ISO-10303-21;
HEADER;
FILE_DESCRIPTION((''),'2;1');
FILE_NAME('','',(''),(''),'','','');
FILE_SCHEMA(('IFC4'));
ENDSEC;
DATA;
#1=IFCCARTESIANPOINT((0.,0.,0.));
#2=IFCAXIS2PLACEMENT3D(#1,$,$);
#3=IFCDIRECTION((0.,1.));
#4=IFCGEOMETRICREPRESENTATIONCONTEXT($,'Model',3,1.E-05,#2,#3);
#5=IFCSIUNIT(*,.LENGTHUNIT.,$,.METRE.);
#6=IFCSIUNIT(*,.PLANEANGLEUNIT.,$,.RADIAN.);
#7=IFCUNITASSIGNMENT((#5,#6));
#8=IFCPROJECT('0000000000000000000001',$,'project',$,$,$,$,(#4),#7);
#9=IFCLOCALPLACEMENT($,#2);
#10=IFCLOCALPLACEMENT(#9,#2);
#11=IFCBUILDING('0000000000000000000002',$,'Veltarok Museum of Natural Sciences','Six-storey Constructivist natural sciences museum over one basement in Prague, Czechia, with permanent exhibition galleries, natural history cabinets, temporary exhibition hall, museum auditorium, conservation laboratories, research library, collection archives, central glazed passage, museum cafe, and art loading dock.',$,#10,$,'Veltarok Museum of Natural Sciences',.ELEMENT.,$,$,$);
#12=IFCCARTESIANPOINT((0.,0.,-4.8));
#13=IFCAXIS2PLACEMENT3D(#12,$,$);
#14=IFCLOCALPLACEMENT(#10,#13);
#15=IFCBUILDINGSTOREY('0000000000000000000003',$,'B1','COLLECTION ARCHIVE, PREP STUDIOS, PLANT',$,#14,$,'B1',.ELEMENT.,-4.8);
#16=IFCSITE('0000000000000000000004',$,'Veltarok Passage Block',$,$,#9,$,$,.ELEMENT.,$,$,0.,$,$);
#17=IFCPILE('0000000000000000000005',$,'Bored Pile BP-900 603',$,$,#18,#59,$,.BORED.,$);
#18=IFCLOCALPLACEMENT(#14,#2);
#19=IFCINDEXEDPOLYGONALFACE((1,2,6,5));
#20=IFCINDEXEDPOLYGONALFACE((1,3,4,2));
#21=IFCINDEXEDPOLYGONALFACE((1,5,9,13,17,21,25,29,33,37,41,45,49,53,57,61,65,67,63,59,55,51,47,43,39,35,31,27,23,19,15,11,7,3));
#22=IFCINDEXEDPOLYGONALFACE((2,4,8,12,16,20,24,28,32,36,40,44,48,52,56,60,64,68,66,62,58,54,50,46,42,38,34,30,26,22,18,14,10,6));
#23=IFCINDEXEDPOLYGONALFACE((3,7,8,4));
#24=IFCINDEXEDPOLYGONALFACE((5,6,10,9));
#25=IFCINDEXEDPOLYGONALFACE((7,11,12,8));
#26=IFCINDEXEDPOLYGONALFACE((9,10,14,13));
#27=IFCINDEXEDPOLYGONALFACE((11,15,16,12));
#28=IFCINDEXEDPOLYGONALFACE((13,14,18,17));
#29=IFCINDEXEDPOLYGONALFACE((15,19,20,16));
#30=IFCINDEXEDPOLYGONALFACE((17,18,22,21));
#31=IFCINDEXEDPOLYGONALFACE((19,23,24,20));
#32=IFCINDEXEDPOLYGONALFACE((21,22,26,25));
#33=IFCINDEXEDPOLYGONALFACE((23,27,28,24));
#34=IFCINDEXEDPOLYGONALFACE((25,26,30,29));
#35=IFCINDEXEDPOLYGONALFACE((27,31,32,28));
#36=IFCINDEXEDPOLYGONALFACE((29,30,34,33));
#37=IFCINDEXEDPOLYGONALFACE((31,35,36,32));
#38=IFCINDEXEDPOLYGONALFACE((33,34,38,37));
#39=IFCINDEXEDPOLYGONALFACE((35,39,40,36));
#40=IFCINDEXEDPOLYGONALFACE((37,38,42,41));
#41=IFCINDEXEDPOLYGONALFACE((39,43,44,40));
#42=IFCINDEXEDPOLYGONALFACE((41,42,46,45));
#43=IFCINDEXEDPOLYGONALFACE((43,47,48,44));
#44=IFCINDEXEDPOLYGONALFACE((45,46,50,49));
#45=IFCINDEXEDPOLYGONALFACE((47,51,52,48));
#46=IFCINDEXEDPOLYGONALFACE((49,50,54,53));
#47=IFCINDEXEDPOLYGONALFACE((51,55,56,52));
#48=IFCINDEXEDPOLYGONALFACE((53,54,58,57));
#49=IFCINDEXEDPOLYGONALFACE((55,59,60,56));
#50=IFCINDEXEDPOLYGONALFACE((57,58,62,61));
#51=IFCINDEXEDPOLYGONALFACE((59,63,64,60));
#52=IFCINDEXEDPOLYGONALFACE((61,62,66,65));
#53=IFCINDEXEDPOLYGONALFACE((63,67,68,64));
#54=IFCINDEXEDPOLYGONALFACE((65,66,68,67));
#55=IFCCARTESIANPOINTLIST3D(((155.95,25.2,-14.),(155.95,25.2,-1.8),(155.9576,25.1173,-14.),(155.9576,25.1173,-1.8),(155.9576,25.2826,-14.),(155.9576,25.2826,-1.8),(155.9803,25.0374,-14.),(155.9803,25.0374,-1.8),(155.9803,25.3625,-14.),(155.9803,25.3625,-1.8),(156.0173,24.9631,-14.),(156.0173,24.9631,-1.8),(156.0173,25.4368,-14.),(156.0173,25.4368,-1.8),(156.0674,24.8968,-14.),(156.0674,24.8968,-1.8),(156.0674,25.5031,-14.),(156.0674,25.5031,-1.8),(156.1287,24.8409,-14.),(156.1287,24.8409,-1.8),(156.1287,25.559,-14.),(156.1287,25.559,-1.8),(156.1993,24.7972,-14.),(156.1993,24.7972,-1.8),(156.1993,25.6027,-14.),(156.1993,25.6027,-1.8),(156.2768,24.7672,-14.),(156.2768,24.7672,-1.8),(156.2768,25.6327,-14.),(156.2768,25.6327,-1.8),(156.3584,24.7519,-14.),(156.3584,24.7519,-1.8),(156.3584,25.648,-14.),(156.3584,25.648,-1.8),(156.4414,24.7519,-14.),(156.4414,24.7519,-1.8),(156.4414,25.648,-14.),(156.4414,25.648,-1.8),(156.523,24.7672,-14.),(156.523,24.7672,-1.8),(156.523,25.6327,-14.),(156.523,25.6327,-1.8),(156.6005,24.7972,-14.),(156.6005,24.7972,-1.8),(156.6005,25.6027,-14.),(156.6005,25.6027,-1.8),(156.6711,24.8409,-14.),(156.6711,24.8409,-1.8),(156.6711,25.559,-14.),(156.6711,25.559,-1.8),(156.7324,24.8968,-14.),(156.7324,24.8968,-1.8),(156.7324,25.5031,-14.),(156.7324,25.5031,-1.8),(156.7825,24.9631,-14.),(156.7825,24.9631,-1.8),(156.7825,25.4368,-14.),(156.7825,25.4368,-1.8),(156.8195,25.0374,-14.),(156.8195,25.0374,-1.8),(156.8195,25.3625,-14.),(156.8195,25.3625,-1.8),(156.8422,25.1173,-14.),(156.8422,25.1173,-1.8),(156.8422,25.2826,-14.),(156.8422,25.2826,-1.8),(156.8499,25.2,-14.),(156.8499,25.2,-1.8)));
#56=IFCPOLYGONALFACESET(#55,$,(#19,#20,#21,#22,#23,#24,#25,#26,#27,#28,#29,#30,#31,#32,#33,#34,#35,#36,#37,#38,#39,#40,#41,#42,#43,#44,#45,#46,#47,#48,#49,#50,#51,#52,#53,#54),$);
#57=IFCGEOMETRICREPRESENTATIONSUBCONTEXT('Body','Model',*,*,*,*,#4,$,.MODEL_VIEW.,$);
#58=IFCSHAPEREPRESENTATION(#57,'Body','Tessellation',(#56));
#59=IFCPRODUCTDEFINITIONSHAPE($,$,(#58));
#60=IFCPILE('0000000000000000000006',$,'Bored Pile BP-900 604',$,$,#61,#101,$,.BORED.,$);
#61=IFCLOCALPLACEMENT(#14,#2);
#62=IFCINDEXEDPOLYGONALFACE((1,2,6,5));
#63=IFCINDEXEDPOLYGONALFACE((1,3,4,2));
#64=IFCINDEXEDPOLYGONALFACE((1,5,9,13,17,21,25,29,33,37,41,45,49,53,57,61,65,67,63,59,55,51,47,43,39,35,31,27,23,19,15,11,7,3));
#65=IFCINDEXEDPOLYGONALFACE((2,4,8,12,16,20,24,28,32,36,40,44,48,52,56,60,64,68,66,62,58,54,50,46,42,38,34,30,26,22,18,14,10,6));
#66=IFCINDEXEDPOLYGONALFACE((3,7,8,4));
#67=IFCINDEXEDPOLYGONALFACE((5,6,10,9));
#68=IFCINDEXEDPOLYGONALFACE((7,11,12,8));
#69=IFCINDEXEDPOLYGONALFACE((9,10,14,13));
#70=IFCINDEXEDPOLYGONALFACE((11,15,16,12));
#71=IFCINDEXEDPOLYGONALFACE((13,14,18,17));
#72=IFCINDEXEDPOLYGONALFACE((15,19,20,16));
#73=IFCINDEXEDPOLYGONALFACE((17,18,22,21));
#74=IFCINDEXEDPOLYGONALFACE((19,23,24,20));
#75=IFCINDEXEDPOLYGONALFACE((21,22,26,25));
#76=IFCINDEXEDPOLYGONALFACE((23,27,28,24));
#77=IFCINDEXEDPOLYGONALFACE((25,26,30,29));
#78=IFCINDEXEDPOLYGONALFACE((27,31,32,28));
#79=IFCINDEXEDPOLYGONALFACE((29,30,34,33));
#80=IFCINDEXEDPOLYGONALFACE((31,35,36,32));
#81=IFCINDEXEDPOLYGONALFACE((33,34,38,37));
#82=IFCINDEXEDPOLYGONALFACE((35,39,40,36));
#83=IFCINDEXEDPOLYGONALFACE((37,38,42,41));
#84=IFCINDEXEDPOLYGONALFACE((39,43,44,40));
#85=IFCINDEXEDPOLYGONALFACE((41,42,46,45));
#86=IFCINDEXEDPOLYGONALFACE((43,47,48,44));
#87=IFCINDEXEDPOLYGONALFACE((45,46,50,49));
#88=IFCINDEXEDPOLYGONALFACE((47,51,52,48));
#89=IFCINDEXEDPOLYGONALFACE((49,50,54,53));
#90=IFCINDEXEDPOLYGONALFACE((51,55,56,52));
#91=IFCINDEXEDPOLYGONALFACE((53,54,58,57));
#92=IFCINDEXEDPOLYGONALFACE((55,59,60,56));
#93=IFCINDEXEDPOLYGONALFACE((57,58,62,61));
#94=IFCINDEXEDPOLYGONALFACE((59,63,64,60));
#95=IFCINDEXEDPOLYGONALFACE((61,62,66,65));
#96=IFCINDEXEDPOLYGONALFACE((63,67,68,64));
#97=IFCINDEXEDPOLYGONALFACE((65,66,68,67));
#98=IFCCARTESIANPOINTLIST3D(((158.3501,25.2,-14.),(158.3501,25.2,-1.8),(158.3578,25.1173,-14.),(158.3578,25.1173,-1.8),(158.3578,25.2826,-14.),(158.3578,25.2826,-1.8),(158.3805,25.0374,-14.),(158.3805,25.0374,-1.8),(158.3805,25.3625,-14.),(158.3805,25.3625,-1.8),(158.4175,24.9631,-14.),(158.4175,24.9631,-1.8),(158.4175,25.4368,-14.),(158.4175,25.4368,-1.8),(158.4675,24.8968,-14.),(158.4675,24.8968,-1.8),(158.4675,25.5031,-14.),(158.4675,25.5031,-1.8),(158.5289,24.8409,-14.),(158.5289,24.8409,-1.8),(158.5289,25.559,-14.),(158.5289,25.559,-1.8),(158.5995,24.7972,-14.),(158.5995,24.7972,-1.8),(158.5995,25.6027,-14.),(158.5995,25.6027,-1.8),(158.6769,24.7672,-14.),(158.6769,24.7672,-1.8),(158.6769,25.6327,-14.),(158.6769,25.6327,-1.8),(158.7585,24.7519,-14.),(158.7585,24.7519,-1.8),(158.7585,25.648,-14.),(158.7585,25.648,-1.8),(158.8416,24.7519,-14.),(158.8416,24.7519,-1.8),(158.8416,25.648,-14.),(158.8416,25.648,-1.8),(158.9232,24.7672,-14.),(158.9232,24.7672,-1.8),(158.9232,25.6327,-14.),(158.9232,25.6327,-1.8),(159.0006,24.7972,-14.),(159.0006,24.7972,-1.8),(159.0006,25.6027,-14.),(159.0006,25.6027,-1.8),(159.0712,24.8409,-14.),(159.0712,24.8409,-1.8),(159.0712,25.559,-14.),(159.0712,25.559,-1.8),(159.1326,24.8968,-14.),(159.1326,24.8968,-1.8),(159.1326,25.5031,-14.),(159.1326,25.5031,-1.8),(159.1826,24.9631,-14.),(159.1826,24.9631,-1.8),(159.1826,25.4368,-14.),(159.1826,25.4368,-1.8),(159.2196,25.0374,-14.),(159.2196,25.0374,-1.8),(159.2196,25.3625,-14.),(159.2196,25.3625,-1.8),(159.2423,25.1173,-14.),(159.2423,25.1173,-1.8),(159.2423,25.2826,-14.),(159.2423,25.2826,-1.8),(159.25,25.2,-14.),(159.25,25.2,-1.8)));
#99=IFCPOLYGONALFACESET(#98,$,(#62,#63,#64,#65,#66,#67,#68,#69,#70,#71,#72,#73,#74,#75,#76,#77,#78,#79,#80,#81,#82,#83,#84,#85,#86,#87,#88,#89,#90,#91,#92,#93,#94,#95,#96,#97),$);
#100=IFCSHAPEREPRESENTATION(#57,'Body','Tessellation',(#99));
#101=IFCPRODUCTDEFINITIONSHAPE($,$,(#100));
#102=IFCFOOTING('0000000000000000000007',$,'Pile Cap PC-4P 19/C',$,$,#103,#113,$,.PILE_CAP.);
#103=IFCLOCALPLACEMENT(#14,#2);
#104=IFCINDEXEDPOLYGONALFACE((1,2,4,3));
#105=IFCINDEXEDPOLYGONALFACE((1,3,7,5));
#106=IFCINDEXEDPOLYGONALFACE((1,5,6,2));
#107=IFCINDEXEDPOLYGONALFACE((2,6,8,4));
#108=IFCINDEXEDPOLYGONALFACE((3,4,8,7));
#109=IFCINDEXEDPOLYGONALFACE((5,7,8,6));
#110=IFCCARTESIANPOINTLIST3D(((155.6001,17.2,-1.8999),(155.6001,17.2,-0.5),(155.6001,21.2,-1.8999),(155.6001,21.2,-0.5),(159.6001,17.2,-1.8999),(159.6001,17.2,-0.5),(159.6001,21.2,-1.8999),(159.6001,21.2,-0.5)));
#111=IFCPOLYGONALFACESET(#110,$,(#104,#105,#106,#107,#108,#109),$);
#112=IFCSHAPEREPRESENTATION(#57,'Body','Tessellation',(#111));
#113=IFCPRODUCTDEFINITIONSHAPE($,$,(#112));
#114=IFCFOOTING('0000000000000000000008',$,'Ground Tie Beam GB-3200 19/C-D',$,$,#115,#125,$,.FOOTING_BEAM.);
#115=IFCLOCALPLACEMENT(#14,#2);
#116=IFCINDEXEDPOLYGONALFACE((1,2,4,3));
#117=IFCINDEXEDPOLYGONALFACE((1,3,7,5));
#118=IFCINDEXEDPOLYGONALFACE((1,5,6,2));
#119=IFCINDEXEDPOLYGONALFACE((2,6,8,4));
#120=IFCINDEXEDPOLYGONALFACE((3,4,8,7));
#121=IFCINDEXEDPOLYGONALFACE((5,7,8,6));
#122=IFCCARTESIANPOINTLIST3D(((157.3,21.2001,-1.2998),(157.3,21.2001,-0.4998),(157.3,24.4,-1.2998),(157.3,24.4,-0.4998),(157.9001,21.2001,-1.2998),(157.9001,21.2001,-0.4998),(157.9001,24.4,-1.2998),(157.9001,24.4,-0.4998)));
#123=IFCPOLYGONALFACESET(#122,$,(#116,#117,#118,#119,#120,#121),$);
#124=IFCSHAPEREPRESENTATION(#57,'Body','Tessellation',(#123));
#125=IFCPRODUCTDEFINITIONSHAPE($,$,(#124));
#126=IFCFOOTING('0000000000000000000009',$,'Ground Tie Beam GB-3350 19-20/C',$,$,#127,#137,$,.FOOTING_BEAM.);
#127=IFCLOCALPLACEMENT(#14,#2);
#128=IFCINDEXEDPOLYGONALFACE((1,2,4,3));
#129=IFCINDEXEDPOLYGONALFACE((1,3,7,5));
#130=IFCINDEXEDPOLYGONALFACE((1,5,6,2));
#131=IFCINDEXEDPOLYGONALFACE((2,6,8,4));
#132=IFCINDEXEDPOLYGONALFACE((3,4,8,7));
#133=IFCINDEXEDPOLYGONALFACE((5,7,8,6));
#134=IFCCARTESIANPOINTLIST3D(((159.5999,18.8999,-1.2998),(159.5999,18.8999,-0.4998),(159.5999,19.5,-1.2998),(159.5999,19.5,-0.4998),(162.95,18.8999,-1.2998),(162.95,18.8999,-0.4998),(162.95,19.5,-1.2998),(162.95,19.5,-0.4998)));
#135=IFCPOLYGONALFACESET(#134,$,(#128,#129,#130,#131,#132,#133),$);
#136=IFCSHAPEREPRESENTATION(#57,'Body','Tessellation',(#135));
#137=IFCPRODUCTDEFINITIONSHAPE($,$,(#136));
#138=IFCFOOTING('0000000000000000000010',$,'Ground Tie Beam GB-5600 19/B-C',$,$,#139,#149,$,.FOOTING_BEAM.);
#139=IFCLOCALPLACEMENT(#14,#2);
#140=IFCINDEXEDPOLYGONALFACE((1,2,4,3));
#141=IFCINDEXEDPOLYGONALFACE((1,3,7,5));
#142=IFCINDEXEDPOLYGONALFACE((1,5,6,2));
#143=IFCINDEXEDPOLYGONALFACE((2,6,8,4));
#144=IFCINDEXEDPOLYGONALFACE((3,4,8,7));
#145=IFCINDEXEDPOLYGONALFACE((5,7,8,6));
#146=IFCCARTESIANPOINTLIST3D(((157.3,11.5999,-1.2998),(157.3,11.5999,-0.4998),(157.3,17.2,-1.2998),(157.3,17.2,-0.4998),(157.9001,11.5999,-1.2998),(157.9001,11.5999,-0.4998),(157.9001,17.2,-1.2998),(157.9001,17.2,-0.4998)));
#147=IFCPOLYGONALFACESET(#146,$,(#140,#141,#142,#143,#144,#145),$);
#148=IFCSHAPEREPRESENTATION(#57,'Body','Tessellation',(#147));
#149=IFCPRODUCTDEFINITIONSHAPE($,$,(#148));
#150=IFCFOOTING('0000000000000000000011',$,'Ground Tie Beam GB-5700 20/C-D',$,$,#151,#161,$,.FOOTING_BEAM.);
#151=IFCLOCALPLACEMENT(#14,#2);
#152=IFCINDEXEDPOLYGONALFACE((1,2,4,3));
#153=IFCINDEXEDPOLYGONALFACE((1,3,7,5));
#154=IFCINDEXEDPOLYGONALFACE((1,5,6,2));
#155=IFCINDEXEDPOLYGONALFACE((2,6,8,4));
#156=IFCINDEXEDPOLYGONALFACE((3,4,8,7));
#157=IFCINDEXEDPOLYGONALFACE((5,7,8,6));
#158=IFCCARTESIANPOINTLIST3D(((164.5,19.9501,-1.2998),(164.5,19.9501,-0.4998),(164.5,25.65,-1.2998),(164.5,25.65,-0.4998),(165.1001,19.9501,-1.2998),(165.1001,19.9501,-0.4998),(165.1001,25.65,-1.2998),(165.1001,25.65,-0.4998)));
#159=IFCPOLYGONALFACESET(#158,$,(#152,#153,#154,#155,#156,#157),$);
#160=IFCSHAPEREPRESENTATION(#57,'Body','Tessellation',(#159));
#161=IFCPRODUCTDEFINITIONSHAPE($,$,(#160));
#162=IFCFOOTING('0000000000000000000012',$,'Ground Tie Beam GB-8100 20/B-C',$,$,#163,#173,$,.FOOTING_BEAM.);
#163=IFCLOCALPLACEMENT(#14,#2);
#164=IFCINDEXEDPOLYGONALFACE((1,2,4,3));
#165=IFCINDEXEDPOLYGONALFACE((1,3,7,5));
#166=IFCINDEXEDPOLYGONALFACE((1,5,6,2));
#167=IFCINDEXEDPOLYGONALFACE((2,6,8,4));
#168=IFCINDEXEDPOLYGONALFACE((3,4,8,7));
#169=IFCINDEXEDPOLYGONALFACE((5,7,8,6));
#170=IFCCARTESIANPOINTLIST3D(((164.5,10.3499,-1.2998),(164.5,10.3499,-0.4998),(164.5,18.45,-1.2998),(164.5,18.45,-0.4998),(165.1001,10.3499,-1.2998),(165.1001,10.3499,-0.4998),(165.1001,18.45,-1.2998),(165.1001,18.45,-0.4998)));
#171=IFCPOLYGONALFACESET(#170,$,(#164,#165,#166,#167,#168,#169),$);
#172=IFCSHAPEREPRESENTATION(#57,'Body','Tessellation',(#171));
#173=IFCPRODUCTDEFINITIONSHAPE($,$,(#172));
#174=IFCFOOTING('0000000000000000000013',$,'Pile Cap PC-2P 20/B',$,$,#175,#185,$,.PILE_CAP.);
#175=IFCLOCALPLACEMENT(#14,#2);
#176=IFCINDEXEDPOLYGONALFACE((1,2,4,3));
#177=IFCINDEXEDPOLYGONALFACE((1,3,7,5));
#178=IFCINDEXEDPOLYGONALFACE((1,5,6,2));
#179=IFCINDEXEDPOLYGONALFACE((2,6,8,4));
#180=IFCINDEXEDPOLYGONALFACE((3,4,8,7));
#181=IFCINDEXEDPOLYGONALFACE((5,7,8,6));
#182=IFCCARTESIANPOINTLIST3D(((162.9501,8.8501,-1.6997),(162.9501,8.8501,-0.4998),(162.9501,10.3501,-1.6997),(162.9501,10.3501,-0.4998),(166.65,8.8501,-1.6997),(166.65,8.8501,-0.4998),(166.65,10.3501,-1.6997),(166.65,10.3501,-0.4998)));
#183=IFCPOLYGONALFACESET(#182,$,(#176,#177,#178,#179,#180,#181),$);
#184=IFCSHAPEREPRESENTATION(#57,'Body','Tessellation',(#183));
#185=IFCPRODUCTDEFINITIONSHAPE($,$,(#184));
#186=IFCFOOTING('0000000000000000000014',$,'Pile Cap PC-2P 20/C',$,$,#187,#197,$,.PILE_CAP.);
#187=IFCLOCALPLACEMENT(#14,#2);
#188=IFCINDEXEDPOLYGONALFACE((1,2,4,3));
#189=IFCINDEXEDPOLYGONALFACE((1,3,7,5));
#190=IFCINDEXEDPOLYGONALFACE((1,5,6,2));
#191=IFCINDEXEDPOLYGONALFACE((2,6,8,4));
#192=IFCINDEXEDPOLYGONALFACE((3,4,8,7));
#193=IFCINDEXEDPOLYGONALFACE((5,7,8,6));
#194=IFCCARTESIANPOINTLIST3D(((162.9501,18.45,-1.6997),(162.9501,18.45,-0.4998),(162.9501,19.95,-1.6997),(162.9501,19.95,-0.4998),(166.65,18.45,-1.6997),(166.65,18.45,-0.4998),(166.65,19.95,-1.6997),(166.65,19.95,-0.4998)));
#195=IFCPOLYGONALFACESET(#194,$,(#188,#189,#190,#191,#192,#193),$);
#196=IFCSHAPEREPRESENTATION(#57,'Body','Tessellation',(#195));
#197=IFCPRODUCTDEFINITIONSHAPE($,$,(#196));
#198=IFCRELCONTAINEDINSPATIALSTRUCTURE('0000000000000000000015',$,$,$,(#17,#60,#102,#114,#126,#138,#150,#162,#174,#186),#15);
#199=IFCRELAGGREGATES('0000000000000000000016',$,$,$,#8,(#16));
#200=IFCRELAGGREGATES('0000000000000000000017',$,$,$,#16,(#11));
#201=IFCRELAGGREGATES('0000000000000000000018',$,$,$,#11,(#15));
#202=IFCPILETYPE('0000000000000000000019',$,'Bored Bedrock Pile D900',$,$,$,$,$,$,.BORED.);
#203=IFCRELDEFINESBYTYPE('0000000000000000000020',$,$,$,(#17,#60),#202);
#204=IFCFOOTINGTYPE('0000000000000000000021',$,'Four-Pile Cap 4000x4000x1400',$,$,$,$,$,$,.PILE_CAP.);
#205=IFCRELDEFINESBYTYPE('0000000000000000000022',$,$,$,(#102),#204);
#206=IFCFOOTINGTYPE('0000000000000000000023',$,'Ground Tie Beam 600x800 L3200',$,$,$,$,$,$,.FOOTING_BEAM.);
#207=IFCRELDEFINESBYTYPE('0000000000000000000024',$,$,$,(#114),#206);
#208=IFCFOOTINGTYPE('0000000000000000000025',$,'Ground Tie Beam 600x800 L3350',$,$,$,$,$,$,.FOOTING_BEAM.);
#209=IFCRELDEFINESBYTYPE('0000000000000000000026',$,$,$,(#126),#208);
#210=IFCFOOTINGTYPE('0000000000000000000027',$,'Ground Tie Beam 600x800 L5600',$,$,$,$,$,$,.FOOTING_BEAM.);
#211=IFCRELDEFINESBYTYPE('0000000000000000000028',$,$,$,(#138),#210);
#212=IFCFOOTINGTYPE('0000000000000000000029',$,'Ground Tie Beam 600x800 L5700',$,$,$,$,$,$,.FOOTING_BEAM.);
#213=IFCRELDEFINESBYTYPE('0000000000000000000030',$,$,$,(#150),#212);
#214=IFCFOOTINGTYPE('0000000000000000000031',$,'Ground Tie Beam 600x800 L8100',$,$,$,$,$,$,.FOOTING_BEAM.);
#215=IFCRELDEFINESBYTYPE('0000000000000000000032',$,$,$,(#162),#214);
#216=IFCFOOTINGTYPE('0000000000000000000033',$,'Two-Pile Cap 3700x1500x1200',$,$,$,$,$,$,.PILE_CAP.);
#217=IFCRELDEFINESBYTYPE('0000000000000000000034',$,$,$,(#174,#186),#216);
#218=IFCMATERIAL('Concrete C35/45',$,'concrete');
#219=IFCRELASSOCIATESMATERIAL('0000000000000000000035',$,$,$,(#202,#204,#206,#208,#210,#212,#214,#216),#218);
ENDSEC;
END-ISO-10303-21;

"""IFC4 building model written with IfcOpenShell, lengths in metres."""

from ifc_helpers import new_model, si_unit, direction, frame, origin, origin_2d, place, context, subcontext, project, spatial, rectangle, circle, extrude, material, material_profile, profile_set, type_object, element, save


model = new_model("IFC4")

# Units and contexts
model_context = context("Model", 3, precision=1e-05, world=origin(), true_north=direction((0.0, 1.0)))
body_context = subcontext(model_context, "Body", "Model", "MODEL_VIEW")
ifc_project = project(units=[si_unit("LENGTHUNIT", "METRE"), si_unit("PLANEANGLEUNIT", "RADIAN")], contexts=[model_context])

# Site, building, storey
site_placement = place(None, origin())
site = spatial("IfcSite", under=ifc_project, at=site_placement, Name="Veltarok Passage Block", CompositionType="ELEMENT", RefElevation=0.0)
building_placement = place(site_placement, origin())
building = spatial("IfcBuilding", under=site, at=building_placement, Name="Veltarok Museum of Natural Sciences", Description="Six-storey Constructivist natural sciences museum over one basement in Prague, Czechia, with permanent exhibition galleries, natural history cabinets, temporary exhibition hall, museum auditorium, conservation laboratories, research library, collection archives, central glazed passage, museum cafe, and art loading dock.", LongName="Veltarok Museum of Natural Sciences", CompositionType="ELEMENT")
storey_placement = place(building_placement, frame((0.0, 0.0, -4.8)))
storey = spatial("IfcBuildingStorey", under=building, at=storey_placement, Name="B1", Description="COLLECTION ARCHIVE, PREP STUDIOS, PLANT", LongName="B1", CompositionType="ELEMENT", Elevation=-4.8)

# Piles
ifc_material_1 = material(Name="Concrete C35/45", Category="concrete")
ifc_material_profile_1 = material_profile(ifc_material_1, circle(Radius=0.45, at=origin_2d()), Name="BP D900")
ifc_profile_set_1 = profile_set([ifc_material_profile_1], Name="Concrete C35/45")
pile_type_1 = type_object("IfcPileType", Name="Bored Bedrock Pile D900", PredefinedType="BORED", material=ifc_profile_set_1)
for number, where, z_axis, x_axis, name in (
    (1, (156.3999, 25.2, -1.8), (0.0, 0.0, -1.0), (1.0, 0.0, 0.0), "Bored Pile BP-900 603"),
    (2, (158.8, 25.2, -1.8), (0.0, 0.0, -1.0), (1.0, 0.0, 0.0), "Bored Pile BP-900 604"),
):
    element("IfcPile", number, at=place(storey_placement, frame(where, z_axis=z_axis, x_axis=x_axis)), inside=storey, type_object=pile_type_1, Name=name, PredefinedType="BORED", context=body_context, shape_type="SweptSolid", body=[
        extrude(circle(Radius=0.45, at=origin_2d()), origin(), (0.0, 0.0, 1.0), 12.2),
    ])

# Footings
footing_type_1 = type_object("IfcFootingType", Name="Four-Pile Cap 4000x4000x1400", PredefinedType="PILE_CAP", material=ifc_material_1)
footing_1_placement = place(storey_placement, frame((157.6001, 19.2, -1.8999), z_axis=(0.0, 0.0, 1.0), x_axis=(1.0, 0.0, 0.0)))
element("IfcFooting", 3, at=footing_1_placement, inside=storey, type_object=footing_type_1, Name="Pile Cap PC-4P 19/C", PredefinedType="PILE_CAP", context=body_context, shape_type="SweptSolid", body=[
    extrude(rectangle(XDim=4.0, YDim=4.0, at=origin_2d()), origin(), (0.0, 0.0, 1.0), 1.3999),
])
footing_type_2 = type_object("IfcFootingType", Name="Ground Tie Beam 600x800 L3200", PredefinedType="FOOTING_BEAM", material=ifc_material_1)
footing_2_placement = place(storey_placement, frame((157.6001, 22.8, -1.2998), z_axis=(0.0, 0.0, 1.0), x_axis=(0.0, 1.0, 0.0)))
element("IfcFooting", 4, at=footing_2_placement, inside=storey, type_object=footing_type_2, Name="Ground Tie Beam GB-3200 19/C-D", PredefinedType="FOOTING_BEAM", context=body_context, shape_type="SweptSolid", body=[
    extrude(rectangle(XDim=3.2, YDim=0.6001, at=origin_2d()), origin(), (0.0, 0.0, 1.0), 0.8),
])
footing_type_3 = type_object("IfcFootingType", Name="Ground Tie Beam 600x800 L3350", PredefinedType="FOOTING_BEAM", material=ifc_material_1)
footing_3_placement = place(storey_placement, frame((161.2749, 19.2, -1.2998), z_axis=(0.0, 0.0, 1.0), x_axis=(1.0, 0.0, 0.0)))
element("IfcFooting", 5, at=footing_3_placement, inside=storey, type_object=footing_type_3, Name="Ground Tie Beam GB-3350 19-20/C", PredefinedType="FOOTING_BEAM", context=body_context, shape_type="SweptSolid", body=[
    extrude(rectangle(XDim=3.3501, YDim=0.6001, at=origin_2d()), origin(), (0.0, 0.0, 1.0), 0.8),
])
footing_type_4 = type_object("IfcFootingType", Name="Ground Tie Beam 600x800 L5600", PredefinedType="FOOTING_BEAM", material=ifc_material_1)
footing_4_placement = place(storey_placement, frame((157.6001, 14.3999, -1.2998), z_axis=(0.0, 0.0, 1.0), x_axis=(0.0, 1.0, 0.0)))
element("IfcFooting", 6, at=footing_4_placement, inside=storey, type_object=footing_type_4, Name="Ground Tie Beam GB-5600 19/B-C", PredefinedType="FOOTING_BEAM", context=body_context, shape_type="SweptSolid", body=[
    extrude(rectangle(XDim=5.6001, YDim=0.6001, at=origin_2d()), origin(), (0.0, 0.0, 1.0), 0.8),
])
footing_type_5 = type_object("IfcFootingType", Name="Ground Tie Beam 600x800 L5700", PredefinedType="FOOTING_BEAM", material=ifc_material_1)
footing_5_placement = place(storey_placement, frame((164.8, 22.8, -1.2998), z_axis=(0.0, 0.0, 1.0), x_axis=(0.0, 1.0, 0.0)))
element("IfcFooting", 7, at=footing_5_placement, inside=storey, type_object=footing_type_5, Name="Ground Tie Beam GB-5700 20/C-D", PredefinedType="FOOTING_BEAM", context=body_context, shape_type="SweptSolid", body=[
    extrude(rectangle(XDim=5.7, YDim=0.6001, at=origin_2d()), origin(), (0.0, 0.0, 1.0), 0.8),
])
footing_type_6 = type_object("IfcFootingType", Name="Ground Tie Beam 600x800 L8100", PredefinedType="FOOTING_BEAM", material=ifc_material_1)
footing_6_placement = place(storey_placement, frame((164.8, 14.3999, -1.2998), z_axis=(0.0, 0.0, 1.0), x_axis=(0.0, 1.0, 0.0)))
element("IfcFooting", 8, at=footing_6_placement, inside=storey, type_object=footing_type_6, Name="Ground Tie Beam GB-8100 20/B-C", PredefinedType="FOOTING_BEAM", context=body_context, shape_type="SweptSolid", body=[
    extrude(rectangle(XDim=8.1001, YDim=0.6001, at=origin_2d()), origin(), (0.0, 0.0, 1.0), 0.8),
])
footing_type_7 = type_object("IfcFootingType", Name="Two-Pile Cap 3700x1500x1200", PredefinedType="PILE_CAP", material=ifc_material_1)
for number, where, z_axis, x_axis, name in (
    (9, (164.8, 9.6001, -1.6997), (0.0, 0.0, 1.0), (1.0, 0.0, 0.0), "Pile Cap PC-2P 20/B"),
    (10, (164.8, 19.2, -1.6997), (0.0, 0.0, 1.0), (1.0, 0.0, 0.0), "Pile Cap PC-2P 20/C"),
):
    element("IfcFooting", number, at=place(storey_placement, frame(where, z_axis=z_axis, x_axis=x_axis)), inside=storey, type_object=footing_type_7, Name=name, PredefinedType="PILE_CAP", context=body_context, shape_type="SweptSolid", body=[
        extrude(rectangle(XDim=3.7, YDim=1.5, at=origin_2d()), origin(), (0.0, 0.0, 1.0), 1.2),
    ])

save(model, "model.ifc")
